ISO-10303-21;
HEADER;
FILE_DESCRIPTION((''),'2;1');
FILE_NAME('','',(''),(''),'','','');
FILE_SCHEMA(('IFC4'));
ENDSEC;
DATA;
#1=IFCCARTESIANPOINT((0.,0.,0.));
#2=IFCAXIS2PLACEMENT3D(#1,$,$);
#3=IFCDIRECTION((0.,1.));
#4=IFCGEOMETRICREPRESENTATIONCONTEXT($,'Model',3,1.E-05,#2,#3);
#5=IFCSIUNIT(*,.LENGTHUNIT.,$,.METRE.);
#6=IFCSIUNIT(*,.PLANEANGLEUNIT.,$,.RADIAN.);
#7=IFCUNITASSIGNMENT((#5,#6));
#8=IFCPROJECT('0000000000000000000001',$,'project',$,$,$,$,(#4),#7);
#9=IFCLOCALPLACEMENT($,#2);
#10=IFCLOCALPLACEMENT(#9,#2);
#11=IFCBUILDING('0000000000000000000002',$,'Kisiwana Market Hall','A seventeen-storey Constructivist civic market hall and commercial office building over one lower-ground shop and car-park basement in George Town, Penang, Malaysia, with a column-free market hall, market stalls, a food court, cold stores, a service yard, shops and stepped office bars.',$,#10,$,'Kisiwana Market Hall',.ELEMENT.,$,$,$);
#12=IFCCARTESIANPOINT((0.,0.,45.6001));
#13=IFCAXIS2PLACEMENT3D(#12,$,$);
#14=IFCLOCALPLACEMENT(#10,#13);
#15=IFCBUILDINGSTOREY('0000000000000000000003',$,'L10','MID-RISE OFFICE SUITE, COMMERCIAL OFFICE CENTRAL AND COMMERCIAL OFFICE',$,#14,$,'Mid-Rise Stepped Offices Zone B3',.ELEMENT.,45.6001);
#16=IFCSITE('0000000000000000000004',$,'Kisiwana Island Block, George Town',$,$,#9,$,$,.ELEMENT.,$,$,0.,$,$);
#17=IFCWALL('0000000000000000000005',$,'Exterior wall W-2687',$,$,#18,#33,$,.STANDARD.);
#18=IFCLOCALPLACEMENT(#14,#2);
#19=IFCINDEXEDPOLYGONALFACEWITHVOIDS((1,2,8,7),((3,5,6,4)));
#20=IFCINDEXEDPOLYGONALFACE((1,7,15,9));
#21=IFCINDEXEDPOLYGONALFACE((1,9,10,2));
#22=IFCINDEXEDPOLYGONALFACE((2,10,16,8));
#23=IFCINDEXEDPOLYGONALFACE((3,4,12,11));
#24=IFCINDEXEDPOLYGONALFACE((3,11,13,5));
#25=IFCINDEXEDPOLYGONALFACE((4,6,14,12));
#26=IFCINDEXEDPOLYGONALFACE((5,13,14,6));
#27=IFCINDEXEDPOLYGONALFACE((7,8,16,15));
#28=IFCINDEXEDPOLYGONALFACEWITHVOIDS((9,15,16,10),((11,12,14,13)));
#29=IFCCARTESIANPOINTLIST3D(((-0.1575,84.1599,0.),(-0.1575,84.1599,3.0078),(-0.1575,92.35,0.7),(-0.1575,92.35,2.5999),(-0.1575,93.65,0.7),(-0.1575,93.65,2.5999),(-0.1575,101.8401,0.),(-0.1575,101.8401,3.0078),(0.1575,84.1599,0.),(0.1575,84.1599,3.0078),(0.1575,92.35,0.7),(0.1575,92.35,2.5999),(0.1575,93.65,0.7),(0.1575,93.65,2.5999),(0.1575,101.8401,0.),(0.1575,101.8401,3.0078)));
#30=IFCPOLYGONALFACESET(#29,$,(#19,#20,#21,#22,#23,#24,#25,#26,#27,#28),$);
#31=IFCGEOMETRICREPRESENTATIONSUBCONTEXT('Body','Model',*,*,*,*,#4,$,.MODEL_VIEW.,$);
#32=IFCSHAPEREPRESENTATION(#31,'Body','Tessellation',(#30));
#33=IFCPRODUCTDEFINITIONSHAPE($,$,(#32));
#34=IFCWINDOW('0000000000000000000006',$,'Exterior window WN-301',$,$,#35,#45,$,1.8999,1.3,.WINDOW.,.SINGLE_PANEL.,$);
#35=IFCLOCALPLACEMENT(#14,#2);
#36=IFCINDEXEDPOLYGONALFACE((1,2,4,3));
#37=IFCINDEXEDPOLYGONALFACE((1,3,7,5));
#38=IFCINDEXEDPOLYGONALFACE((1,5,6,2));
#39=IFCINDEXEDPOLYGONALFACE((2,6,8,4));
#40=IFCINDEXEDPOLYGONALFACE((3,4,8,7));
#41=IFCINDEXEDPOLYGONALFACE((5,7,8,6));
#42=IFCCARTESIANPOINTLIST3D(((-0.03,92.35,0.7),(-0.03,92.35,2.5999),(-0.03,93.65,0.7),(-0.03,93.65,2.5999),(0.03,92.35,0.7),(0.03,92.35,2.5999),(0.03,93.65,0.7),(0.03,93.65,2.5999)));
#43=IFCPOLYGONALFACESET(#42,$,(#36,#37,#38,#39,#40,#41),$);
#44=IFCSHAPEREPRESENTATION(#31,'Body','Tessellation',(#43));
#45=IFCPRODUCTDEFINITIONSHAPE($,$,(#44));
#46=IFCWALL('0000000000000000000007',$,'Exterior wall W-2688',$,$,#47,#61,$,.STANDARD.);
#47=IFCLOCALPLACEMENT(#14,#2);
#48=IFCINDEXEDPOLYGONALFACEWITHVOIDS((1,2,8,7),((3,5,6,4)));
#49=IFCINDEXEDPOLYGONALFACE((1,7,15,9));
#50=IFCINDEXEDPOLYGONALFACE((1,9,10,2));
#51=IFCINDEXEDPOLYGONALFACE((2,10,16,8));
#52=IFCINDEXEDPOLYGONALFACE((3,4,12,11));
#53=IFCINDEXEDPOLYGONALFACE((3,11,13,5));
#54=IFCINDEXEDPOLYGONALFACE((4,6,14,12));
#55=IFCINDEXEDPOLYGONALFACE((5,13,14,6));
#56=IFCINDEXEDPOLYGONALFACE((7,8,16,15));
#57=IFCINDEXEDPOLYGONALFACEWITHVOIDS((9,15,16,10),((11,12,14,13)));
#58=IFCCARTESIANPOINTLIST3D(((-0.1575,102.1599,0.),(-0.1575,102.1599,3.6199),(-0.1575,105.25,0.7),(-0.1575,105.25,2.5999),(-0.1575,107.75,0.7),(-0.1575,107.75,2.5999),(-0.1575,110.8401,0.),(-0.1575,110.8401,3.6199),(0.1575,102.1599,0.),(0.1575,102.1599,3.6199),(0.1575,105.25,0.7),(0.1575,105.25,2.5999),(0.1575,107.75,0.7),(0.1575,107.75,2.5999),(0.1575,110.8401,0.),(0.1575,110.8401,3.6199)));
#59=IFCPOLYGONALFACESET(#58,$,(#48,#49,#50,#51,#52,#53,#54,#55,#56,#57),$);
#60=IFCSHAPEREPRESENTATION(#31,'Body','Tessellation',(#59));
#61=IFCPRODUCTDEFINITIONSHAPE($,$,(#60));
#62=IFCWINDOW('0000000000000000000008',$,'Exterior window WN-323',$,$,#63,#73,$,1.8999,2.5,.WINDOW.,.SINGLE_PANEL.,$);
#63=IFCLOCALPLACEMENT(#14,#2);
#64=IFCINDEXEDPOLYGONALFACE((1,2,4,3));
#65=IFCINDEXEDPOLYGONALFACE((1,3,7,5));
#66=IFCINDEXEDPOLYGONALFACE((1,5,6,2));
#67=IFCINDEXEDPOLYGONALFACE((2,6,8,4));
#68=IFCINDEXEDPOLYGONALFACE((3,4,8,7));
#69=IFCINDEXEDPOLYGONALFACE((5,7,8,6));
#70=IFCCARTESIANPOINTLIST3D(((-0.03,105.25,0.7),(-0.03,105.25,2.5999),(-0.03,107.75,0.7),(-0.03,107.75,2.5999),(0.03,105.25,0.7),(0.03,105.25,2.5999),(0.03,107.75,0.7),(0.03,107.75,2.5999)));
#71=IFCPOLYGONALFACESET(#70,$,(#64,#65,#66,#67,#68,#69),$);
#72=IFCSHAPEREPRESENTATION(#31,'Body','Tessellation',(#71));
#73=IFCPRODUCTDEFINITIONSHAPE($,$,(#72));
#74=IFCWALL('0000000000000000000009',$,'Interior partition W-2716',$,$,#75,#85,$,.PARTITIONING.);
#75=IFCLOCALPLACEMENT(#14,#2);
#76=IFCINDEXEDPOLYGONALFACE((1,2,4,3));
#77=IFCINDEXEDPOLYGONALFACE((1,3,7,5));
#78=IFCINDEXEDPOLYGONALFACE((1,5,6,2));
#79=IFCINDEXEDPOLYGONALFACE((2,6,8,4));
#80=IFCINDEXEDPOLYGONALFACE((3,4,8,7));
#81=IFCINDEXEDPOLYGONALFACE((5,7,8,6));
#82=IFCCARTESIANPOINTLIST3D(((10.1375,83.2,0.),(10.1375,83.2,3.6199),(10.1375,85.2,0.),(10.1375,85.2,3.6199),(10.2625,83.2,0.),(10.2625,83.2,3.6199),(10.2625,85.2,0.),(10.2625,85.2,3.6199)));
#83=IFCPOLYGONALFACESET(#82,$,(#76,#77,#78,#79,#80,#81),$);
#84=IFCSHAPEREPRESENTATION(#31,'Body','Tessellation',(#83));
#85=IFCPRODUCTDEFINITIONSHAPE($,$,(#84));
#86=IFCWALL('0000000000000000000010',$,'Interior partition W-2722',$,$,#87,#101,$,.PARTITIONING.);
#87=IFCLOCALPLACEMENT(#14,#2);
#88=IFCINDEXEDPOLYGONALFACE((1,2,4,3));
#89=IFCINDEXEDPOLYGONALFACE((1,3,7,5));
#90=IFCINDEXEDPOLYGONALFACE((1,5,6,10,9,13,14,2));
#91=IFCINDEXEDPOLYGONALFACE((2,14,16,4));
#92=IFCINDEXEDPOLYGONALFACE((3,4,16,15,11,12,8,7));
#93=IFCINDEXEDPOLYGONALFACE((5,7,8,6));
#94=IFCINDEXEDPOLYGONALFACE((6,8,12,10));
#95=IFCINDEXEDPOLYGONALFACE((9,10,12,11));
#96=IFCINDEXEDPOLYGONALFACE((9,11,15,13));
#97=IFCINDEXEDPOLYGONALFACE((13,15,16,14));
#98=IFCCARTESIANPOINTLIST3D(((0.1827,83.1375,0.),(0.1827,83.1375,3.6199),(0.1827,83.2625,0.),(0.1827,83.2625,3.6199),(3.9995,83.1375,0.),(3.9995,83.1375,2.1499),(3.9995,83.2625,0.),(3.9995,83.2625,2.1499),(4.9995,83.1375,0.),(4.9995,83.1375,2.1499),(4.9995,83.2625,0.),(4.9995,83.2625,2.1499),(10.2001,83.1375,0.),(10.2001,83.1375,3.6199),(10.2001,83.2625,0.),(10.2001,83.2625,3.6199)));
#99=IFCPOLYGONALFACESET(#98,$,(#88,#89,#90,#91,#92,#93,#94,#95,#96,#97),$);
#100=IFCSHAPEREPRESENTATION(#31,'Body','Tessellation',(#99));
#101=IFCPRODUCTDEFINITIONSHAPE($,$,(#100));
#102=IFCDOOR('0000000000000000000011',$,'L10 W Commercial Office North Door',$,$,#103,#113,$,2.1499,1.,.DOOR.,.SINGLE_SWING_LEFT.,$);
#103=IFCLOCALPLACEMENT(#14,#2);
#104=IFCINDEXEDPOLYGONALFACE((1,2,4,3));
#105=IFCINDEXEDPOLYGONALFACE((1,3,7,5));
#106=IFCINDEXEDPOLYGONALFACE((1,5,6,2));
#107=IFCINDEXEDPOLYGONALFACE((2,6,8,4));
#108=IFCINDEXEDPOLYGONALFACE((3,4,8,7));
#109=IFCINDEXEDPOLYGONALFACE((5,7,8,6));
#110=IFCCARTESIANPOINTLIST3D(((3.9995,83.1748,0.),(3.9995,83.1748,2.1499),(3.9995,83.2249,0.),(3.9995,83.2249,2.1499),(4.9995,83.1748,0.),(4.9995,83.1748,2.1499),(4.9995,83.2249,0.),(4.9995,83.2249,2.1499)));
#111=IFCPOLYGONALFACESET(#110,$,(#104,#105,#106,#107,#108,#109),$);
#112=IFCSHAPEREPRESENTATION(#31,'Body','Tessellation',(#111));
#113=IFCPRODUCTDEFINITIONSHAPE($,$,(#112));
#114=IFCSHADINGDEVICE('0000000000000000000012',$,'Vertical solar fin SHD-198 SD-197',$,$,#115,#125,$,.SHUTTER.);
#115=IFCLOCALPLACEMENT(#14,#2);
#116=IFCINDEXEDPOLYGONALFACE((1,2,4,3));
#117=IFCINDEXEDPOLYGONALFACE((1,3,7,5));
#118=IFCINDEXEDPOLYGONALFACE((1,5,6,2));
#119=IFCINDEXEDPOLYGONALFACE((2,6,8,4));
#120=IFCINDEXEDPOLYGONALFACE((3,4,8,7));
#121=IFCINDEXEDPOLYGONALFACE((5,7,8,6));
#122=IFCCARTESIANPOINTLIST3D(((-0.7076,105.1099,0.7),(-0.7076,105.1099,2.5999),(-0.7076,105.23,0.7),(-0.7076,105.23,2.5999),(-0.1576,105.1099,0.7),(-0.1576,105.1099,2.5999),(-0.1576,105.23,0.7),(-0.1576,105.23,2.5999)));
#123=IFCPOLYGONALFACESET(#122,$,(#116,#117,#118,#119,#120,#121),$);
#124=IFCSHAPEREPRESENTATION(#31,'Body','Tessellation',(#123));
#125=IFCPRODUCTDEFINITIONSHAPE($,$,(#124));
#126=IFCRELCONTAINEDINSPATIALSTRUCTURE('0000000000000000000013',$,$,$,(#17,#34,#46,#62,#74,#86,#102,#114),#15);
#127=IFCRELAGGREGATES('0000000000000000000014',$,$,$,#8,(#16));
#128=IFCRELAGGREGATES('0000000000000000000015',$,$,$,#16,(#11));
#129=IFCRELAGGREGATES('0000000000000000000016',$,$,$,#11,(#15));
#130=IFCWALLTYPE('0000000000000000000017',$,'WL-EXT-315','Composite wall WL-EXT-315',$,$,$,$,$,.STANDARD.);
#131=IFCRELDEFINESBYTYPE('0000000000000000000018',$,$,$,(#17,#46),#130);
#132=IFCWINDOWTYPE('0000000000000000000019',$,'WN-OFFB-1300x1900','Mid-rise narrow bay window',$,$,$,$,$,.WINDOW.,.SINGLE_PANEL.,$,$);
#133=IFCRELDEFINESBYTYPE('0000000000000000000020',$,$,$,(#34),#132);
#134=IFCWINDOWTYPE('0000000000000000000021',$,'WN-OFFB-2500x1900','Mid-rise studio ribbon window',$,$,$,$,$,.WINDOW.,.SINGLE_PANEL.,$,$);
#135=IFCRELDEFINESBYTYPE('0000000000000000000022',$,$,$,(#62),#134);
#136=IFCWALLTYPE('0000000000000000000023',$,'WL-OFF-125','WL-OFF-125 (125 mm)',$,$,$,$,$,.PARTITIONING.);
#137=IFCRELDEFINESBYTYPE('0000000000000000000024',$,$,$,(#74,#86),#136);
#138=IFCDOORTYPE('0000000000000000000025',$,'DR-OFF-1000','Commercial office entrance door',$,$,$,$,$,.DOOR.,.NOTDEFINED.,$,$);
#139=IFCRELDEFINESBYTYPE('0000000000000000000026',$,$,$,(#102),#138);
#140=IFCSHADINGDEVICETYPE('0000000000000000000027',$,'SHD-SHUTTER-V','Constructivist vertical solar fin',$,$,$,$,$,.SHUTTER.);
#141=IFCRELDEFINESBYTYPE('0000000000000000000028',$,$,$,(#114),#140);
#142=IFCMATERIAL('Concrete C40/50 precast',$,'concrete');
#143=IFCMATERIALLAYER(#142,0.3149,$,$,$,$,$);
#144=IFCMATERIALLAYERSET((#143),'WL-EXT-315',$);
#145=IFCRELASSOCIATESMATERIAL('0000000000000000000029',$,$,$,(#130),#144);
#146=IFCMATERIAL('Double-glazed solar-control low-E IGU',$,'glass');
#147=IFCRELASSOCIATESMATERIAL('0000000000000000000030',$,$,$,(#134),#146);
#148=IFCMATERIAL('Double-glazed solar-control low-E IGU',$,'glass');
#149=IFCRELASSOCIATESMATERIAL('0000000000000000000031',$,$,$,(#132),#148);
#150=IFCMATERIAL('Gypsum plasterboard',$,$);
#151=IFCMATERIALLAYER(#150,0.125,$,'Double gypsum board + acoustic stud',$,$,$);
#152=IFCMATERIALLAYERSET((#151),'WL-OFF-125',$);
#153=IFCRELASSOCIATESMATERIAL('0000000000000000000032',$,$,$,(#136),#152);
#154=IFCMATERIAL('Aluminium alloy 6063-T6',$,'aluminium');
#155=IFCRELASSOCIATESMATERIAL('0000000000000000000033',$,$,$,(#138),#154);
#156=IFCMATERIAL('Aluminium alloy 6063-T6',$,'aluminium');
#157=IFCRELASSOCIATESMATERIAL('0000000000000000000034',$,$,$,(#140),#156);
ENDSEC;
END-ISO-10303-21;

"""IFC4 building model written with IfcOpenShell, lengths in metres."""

from ifc_helpers import new_model, si_unit, direction, frame, frame_2d, origin, origin_2d, place, context, subcontext, project, spatial, rectangle, extrude, material, layer, layer_set, type_object, element, fill, save


model = new_model("IFC4")

# Units and contexts
model_context = context("Model", 3, precision=1e-05, world=origin(), true_north=direction((0.0, 1.0)))
body_context = subcontext(model_context, "Body", "Model", "MODEL_VIEW")
ifc_project = project(units=[si_unit("LENGTHUNIT", "METRE"), si_unit("PLANEANGLEUNIT", "RADIAN")], contexts=[model_context])

# Site, building, storey
site_placement = place(None, origin())
site = spatial("IfcSite", under=ifc_project, at=site_placement, Name="Kisiwana Island Block, George Town", CompositionType="ELEMENT", RefElevation=0.0)
building_placement = place(site_placement, origin())
building = spatial("IfcBuilding", under=site, at=building_placement, Name="Kisiwana Market Hall", Description="A seventeen-storey Constructivist civic market hall and commercial office building over one lower-ground shop and car-park basement in George Town, Penang, Malaysia, with a column-free market hall, market stalls, a food court, cold stores, a service yard, shops and stepped office bars.", LongName="Kisiwana Market Hall", CompositionType="ELEMENT")
storey_placement = place(building_placement, frame((0.0, 0.0, 45.6001)))
storey = spatial("IfcBuildingStorey", under=building, at=storey_placement, Name="L10", Description="MID-RISE OFFICE SUITE, COMMERCIAL OFFICE CENTRAL AND COMMERCIAL OFFICE", LongName="Mid-Rise Stepped Offices Zone B3", CompositionType="ELEMENT", Elevation=45.6001)

# Walls, openings, windows
ifc_material_1 = material(Name="Concrete C40/50 precast", Category="concrete")
ifc_layer_1 = layer(ifc_material_1, 0.3149)
ifc_layer_set_1 = layer_set([ifc_layer_1], Name="WL-EXT-315")
wall_type_1 = type_object("IfcWallType", Name="WL-EXT-315", Description="Composite wall WL-EXT-315", PredefinedType="STANDARD", material=ifc_layer_set_1)
ifc_material_2 = material(Name="Double-glazed solar-control low-E IGU", Category="glass")
window_type_1 = type_object("IfcWindowType", Name="WN-OFFB-2500x1900", Description="Mid-rise studio ribbon window", PartitioningType="SINGLE_PANEL", PredefinedType="WINDOW", material=ifc_material_2)
ifc_material_3 = material(Name="Double-glazed solar-control low-E IGU", Category="glass")
window_type_2 = type_object("IfcWindowType", Name="WN-OFFB-1300x1900", Description="Mid-rise narrow bay window", PartitioningType="SINGLE_PANEL", PredefinedType="WINDOW", material=ifc_material_3)
wall_1_placement = place(storey_placement, frame((0.0, 84.1599, 0.0), z_axis=(0.0, 0.0, 1.0), x_axis=(0.0, 1.0, 0.0)))
wall_1 = element("IfcWall", 1, at=wall_1_placement, inside=storey, type_object=wall_type_1, Name="Exterior wall W-2687", PredefinedType="STANDARD", context=body_context, shape_type="SweptSolid", body=[
    extrude(rectangle(XDim=17.6802, YDim=0.3149, at=frame_2d((8.8401, 0.0))), origin(), (0.0, 0.0, 1.0), 3.0078),
])
opening_1_placement = place(wall_1_placement, frame((8.1902, 0.0, 0.7)))
opening_1 = element("IfcOpeningElement", 2, at=opening_1_placement, cuts=wall_1, PredefinedType="OPENING", context=body_context, shape_type="SweptSolid", body=[
    extrude(rectangle(XDim=1.3, YDim=1.8999, at=frame_2d((0.6499, 0.95))), frame((0.0, 0.1694, 0.0), z_axis=(0.0, -1.0, 0.0), x_axis=(1.0, 0.0, 0.0)), (0.0, 0.0, 1.0), 0.3389),
])
window_1_placement = place(opening_1_placement, origin())
window_1 = element("IfcWindow", 3, at=window_1_placement, inside=storey, type_object=window_type_2, Name="Exterior window WN-301", OverallHeight=1.8999, OverallWidth=1.3, PartitioningType="SINGLE_PANEL", PredefinedType="WINDOW", context=body_context, shape_type="SweptSolid", body=[
    extrude(rectangle(XDim=1.3, YDim=1.8999, at=frame_2d((0.6499, 0.95))), frame((0.0, 0.03, 0.0), z_axis=(0.0, -1.0, 0.0), x_axis=(1.0, 0.0, 0.0)), (0.0, 0.0, 1.0), 0.0601),
])
fill(opening_1, window_1)
wall_2_placement = place(storey_placement, frame((0.0, 102.1599, 0.0), z_axis=(0.0, 0.0, 1.0), x_axis=(0.0, 1.0, 0.0)))
wall_2 = element("IfcWall", 4, at=wall_2_placement, inside=storey, type_object=wall_type_1, Name="Exterior wall W-2688", PredefinedType="STANDARD", context=body_context, shape_type="SweptSolid", body=[
    extrude(rectangle(XDim=8.6802, YDim=0.3149, at=frame_2d((4.3401, 0.0))), origin(), (0.0, 0.0, 1.0), 3.6199),
])
opening_2_placement = place(wall_2_placement, frame((3.0901, 0.0, 0.7)))
opening_2 = element("IfcOpeningElement", 5, at=opening_2_placement, cuts=wall_2, PredefinedType="OPENING", context=body_context, shape_type="SweptSolid", body=[
    extrude(rectangle(XDim=2.5, YDim=1.8999, at=frame_2d((1.25, 0.95))), frame((0.0, 0.1694, 0.0), z_axis=(0.0, -1.0, 0.0), x_axis=(1.0, 0.0, 0.0)), (0.0, 0.0, 1.0), 0.3389),
])
window_2_placement = place(opening_2_placement, origin())
window_2 = element("IfcWindow", 6, at=window_2_placement, inside=storey, type_object=window_type_1, Name="Exterior window WN-323", OverallHeight=1.8999, OverallWidth=2.5, PartitioningType="SINGLE_PANEL", PredefinedType="WINDOW", context=body_context, shape_type="SweptSolid", body=[
    extrude(rectangle(XDim=2.5, YDim=1.8999, at=frame_2d((1.25, 0.95))), frame((0.0, 0.03, 0.0), z_axis=(0.0, -1.0, 0.0), x_axis=(1.0, 0.0, 0.0)), (0.0, 0.0, 1.0), 0.0601),
])
fill(opening_2, window_2)

# Wall
ifc_material_4 = material(Name="Gypsum plasterboard")
ifc_layer_2 = layer(ifc_material_4, 0.125, Name="Double gypsum board + acoustic stud")
ifc_layer_set_2 = layer_set([ifc_layer_2], Name="WL-OFF-125")
wall_type_2 = type_object("IfcWallType", Name="WL-OFF-125", Description="WL-OFF-125 (125 mm)", PredefinedType="PARTITIONING", material=ifc_layer_set_2)
wall_3_placement = place(storey_placement, frame((10.2, 83.2, 0.0), z_axis=(0.0, 0.0, 1.0), x_axis=(0.0, 1.0, 0.0)))
element("IfcWall", 7, at=wall_3_placement, inside=storey, type_object=wall_type_2, Name="Interior partition W-2716", PredefinedType="PARTITIONING", context=body_context, shape_type="SweptSolid", body=[
    extrude(rectangle(XDim=2.0, YDim=0.125, at=frame_2d((1.0, 0.0))), origin(), (0.0, 0.0, 1.0), 3.6199),
])

# Wall, opening, door
wall_4_placement = place(storey_placement, frame((0.1826, 83.2, 0.0), z_axis=(0.0, 0.0, 1.0), x_axis=(1.0, 0.0, 0.0)))
wall_4 = element("IfcWall", 8, at=wall_4_placement, inside=storey, type_object=wall_type_2, Name="Interior partition W-2722", PredefinedType="PARTITIONING", context=body_context, shape_type="SweptSolid", body=[
    extrude(rectangle(XDim=10.0173, YDim=0.125, at=frame_2d((5.0088, 0.0))), origin(), (0.0, 0.0, 1.0), 3.6199),
])
opening_3_placement = place(wall_4_placement, frame((3.8169, 0.0, 0.0)))
opening_3 = element("IfcOpeningElement", 9, at=opening_3_placement, cuts=wall_4, PredefinedType="OPENING", context=body_context, shape_type="SweptSolid", body=[
    extrude(rectangle(XDim=1.0, YDim=2.1499, at=frame_2d((0.5, 1.075))), frame((0.0, 0.0745, 0.0), z_axis=(0.0, -1.0, 0.0), x_axis=(1.0, 0.0, 0.0)), (0.0, 0.0, 1.0), 0.1489),
])
ifc_material_5 = material(Name="Aluminium alloy 6063-T6", Category="aluminium")
door_type = type_object("IfcDoorType", Name="DR-OFF-1000", Description="Commercial office entrance door", OperationType="NOTDEFINED", PredefinedType="DOOR", material=ifc_material_5)
door_placement = place(opening_3_placement, origin())
door = element("IfcDoor", 10, at=door_placement, inside=storey, type_object=door_type, Name="L10 W Commercial Office North Door", OperationType="SINGLE_SWING_LEFT", OverallHeight=2.1499, OverallWidth=1.0, PredefinedType="DOOR", context=body_context, shape_type="SweptSolid", body=[
    extrude(rectangle(XDim=1.0, YDim=2.1499, at=frame_2d((0.5, 1.075))), frame((0.0, 0.0249, 0.0), z_axis=(0.0, -1.0, 0.0), x_axis=(1.0, 0.0, 0.0)), (0.0, 0.0, 1.0), 0.05),
])
fill(opening_3, door)

# Shading device
ifc_material_6 = material(Name="Aluminium alloy 6063-T6", Category="aluminium")
shading_device_type = type_object("IfcShadingDeviceType", Name="SHD-SHUTTER-V", Description="Constructivist vertical solar fin", PredefinedType="SHUTTER", material=ifc_material_6)
shading_device_placement = place(storey_placement, frame((-0.4326, 105.1699, 0.7), z_axis=(0.0, 0.0, 1.0), x_axis=(0.0, 1.0, 0.0)))
element("IfcShadingDevice", 11, at=shading_device_placement, inside=storey, type_object=shading_device_type, Name="Vertical solar fin SHD-198 SD-197", PredefinedType="SHUTTER", context=body_context, shape_type="SweptSolid", body=[
    extrude(rectangle(XDim=0.1201, YDim=0.55, at=origin_2d()), origin(), (0.0, 0.0, 1.0), 1.8999),
])

save(model, "model.ifc")
